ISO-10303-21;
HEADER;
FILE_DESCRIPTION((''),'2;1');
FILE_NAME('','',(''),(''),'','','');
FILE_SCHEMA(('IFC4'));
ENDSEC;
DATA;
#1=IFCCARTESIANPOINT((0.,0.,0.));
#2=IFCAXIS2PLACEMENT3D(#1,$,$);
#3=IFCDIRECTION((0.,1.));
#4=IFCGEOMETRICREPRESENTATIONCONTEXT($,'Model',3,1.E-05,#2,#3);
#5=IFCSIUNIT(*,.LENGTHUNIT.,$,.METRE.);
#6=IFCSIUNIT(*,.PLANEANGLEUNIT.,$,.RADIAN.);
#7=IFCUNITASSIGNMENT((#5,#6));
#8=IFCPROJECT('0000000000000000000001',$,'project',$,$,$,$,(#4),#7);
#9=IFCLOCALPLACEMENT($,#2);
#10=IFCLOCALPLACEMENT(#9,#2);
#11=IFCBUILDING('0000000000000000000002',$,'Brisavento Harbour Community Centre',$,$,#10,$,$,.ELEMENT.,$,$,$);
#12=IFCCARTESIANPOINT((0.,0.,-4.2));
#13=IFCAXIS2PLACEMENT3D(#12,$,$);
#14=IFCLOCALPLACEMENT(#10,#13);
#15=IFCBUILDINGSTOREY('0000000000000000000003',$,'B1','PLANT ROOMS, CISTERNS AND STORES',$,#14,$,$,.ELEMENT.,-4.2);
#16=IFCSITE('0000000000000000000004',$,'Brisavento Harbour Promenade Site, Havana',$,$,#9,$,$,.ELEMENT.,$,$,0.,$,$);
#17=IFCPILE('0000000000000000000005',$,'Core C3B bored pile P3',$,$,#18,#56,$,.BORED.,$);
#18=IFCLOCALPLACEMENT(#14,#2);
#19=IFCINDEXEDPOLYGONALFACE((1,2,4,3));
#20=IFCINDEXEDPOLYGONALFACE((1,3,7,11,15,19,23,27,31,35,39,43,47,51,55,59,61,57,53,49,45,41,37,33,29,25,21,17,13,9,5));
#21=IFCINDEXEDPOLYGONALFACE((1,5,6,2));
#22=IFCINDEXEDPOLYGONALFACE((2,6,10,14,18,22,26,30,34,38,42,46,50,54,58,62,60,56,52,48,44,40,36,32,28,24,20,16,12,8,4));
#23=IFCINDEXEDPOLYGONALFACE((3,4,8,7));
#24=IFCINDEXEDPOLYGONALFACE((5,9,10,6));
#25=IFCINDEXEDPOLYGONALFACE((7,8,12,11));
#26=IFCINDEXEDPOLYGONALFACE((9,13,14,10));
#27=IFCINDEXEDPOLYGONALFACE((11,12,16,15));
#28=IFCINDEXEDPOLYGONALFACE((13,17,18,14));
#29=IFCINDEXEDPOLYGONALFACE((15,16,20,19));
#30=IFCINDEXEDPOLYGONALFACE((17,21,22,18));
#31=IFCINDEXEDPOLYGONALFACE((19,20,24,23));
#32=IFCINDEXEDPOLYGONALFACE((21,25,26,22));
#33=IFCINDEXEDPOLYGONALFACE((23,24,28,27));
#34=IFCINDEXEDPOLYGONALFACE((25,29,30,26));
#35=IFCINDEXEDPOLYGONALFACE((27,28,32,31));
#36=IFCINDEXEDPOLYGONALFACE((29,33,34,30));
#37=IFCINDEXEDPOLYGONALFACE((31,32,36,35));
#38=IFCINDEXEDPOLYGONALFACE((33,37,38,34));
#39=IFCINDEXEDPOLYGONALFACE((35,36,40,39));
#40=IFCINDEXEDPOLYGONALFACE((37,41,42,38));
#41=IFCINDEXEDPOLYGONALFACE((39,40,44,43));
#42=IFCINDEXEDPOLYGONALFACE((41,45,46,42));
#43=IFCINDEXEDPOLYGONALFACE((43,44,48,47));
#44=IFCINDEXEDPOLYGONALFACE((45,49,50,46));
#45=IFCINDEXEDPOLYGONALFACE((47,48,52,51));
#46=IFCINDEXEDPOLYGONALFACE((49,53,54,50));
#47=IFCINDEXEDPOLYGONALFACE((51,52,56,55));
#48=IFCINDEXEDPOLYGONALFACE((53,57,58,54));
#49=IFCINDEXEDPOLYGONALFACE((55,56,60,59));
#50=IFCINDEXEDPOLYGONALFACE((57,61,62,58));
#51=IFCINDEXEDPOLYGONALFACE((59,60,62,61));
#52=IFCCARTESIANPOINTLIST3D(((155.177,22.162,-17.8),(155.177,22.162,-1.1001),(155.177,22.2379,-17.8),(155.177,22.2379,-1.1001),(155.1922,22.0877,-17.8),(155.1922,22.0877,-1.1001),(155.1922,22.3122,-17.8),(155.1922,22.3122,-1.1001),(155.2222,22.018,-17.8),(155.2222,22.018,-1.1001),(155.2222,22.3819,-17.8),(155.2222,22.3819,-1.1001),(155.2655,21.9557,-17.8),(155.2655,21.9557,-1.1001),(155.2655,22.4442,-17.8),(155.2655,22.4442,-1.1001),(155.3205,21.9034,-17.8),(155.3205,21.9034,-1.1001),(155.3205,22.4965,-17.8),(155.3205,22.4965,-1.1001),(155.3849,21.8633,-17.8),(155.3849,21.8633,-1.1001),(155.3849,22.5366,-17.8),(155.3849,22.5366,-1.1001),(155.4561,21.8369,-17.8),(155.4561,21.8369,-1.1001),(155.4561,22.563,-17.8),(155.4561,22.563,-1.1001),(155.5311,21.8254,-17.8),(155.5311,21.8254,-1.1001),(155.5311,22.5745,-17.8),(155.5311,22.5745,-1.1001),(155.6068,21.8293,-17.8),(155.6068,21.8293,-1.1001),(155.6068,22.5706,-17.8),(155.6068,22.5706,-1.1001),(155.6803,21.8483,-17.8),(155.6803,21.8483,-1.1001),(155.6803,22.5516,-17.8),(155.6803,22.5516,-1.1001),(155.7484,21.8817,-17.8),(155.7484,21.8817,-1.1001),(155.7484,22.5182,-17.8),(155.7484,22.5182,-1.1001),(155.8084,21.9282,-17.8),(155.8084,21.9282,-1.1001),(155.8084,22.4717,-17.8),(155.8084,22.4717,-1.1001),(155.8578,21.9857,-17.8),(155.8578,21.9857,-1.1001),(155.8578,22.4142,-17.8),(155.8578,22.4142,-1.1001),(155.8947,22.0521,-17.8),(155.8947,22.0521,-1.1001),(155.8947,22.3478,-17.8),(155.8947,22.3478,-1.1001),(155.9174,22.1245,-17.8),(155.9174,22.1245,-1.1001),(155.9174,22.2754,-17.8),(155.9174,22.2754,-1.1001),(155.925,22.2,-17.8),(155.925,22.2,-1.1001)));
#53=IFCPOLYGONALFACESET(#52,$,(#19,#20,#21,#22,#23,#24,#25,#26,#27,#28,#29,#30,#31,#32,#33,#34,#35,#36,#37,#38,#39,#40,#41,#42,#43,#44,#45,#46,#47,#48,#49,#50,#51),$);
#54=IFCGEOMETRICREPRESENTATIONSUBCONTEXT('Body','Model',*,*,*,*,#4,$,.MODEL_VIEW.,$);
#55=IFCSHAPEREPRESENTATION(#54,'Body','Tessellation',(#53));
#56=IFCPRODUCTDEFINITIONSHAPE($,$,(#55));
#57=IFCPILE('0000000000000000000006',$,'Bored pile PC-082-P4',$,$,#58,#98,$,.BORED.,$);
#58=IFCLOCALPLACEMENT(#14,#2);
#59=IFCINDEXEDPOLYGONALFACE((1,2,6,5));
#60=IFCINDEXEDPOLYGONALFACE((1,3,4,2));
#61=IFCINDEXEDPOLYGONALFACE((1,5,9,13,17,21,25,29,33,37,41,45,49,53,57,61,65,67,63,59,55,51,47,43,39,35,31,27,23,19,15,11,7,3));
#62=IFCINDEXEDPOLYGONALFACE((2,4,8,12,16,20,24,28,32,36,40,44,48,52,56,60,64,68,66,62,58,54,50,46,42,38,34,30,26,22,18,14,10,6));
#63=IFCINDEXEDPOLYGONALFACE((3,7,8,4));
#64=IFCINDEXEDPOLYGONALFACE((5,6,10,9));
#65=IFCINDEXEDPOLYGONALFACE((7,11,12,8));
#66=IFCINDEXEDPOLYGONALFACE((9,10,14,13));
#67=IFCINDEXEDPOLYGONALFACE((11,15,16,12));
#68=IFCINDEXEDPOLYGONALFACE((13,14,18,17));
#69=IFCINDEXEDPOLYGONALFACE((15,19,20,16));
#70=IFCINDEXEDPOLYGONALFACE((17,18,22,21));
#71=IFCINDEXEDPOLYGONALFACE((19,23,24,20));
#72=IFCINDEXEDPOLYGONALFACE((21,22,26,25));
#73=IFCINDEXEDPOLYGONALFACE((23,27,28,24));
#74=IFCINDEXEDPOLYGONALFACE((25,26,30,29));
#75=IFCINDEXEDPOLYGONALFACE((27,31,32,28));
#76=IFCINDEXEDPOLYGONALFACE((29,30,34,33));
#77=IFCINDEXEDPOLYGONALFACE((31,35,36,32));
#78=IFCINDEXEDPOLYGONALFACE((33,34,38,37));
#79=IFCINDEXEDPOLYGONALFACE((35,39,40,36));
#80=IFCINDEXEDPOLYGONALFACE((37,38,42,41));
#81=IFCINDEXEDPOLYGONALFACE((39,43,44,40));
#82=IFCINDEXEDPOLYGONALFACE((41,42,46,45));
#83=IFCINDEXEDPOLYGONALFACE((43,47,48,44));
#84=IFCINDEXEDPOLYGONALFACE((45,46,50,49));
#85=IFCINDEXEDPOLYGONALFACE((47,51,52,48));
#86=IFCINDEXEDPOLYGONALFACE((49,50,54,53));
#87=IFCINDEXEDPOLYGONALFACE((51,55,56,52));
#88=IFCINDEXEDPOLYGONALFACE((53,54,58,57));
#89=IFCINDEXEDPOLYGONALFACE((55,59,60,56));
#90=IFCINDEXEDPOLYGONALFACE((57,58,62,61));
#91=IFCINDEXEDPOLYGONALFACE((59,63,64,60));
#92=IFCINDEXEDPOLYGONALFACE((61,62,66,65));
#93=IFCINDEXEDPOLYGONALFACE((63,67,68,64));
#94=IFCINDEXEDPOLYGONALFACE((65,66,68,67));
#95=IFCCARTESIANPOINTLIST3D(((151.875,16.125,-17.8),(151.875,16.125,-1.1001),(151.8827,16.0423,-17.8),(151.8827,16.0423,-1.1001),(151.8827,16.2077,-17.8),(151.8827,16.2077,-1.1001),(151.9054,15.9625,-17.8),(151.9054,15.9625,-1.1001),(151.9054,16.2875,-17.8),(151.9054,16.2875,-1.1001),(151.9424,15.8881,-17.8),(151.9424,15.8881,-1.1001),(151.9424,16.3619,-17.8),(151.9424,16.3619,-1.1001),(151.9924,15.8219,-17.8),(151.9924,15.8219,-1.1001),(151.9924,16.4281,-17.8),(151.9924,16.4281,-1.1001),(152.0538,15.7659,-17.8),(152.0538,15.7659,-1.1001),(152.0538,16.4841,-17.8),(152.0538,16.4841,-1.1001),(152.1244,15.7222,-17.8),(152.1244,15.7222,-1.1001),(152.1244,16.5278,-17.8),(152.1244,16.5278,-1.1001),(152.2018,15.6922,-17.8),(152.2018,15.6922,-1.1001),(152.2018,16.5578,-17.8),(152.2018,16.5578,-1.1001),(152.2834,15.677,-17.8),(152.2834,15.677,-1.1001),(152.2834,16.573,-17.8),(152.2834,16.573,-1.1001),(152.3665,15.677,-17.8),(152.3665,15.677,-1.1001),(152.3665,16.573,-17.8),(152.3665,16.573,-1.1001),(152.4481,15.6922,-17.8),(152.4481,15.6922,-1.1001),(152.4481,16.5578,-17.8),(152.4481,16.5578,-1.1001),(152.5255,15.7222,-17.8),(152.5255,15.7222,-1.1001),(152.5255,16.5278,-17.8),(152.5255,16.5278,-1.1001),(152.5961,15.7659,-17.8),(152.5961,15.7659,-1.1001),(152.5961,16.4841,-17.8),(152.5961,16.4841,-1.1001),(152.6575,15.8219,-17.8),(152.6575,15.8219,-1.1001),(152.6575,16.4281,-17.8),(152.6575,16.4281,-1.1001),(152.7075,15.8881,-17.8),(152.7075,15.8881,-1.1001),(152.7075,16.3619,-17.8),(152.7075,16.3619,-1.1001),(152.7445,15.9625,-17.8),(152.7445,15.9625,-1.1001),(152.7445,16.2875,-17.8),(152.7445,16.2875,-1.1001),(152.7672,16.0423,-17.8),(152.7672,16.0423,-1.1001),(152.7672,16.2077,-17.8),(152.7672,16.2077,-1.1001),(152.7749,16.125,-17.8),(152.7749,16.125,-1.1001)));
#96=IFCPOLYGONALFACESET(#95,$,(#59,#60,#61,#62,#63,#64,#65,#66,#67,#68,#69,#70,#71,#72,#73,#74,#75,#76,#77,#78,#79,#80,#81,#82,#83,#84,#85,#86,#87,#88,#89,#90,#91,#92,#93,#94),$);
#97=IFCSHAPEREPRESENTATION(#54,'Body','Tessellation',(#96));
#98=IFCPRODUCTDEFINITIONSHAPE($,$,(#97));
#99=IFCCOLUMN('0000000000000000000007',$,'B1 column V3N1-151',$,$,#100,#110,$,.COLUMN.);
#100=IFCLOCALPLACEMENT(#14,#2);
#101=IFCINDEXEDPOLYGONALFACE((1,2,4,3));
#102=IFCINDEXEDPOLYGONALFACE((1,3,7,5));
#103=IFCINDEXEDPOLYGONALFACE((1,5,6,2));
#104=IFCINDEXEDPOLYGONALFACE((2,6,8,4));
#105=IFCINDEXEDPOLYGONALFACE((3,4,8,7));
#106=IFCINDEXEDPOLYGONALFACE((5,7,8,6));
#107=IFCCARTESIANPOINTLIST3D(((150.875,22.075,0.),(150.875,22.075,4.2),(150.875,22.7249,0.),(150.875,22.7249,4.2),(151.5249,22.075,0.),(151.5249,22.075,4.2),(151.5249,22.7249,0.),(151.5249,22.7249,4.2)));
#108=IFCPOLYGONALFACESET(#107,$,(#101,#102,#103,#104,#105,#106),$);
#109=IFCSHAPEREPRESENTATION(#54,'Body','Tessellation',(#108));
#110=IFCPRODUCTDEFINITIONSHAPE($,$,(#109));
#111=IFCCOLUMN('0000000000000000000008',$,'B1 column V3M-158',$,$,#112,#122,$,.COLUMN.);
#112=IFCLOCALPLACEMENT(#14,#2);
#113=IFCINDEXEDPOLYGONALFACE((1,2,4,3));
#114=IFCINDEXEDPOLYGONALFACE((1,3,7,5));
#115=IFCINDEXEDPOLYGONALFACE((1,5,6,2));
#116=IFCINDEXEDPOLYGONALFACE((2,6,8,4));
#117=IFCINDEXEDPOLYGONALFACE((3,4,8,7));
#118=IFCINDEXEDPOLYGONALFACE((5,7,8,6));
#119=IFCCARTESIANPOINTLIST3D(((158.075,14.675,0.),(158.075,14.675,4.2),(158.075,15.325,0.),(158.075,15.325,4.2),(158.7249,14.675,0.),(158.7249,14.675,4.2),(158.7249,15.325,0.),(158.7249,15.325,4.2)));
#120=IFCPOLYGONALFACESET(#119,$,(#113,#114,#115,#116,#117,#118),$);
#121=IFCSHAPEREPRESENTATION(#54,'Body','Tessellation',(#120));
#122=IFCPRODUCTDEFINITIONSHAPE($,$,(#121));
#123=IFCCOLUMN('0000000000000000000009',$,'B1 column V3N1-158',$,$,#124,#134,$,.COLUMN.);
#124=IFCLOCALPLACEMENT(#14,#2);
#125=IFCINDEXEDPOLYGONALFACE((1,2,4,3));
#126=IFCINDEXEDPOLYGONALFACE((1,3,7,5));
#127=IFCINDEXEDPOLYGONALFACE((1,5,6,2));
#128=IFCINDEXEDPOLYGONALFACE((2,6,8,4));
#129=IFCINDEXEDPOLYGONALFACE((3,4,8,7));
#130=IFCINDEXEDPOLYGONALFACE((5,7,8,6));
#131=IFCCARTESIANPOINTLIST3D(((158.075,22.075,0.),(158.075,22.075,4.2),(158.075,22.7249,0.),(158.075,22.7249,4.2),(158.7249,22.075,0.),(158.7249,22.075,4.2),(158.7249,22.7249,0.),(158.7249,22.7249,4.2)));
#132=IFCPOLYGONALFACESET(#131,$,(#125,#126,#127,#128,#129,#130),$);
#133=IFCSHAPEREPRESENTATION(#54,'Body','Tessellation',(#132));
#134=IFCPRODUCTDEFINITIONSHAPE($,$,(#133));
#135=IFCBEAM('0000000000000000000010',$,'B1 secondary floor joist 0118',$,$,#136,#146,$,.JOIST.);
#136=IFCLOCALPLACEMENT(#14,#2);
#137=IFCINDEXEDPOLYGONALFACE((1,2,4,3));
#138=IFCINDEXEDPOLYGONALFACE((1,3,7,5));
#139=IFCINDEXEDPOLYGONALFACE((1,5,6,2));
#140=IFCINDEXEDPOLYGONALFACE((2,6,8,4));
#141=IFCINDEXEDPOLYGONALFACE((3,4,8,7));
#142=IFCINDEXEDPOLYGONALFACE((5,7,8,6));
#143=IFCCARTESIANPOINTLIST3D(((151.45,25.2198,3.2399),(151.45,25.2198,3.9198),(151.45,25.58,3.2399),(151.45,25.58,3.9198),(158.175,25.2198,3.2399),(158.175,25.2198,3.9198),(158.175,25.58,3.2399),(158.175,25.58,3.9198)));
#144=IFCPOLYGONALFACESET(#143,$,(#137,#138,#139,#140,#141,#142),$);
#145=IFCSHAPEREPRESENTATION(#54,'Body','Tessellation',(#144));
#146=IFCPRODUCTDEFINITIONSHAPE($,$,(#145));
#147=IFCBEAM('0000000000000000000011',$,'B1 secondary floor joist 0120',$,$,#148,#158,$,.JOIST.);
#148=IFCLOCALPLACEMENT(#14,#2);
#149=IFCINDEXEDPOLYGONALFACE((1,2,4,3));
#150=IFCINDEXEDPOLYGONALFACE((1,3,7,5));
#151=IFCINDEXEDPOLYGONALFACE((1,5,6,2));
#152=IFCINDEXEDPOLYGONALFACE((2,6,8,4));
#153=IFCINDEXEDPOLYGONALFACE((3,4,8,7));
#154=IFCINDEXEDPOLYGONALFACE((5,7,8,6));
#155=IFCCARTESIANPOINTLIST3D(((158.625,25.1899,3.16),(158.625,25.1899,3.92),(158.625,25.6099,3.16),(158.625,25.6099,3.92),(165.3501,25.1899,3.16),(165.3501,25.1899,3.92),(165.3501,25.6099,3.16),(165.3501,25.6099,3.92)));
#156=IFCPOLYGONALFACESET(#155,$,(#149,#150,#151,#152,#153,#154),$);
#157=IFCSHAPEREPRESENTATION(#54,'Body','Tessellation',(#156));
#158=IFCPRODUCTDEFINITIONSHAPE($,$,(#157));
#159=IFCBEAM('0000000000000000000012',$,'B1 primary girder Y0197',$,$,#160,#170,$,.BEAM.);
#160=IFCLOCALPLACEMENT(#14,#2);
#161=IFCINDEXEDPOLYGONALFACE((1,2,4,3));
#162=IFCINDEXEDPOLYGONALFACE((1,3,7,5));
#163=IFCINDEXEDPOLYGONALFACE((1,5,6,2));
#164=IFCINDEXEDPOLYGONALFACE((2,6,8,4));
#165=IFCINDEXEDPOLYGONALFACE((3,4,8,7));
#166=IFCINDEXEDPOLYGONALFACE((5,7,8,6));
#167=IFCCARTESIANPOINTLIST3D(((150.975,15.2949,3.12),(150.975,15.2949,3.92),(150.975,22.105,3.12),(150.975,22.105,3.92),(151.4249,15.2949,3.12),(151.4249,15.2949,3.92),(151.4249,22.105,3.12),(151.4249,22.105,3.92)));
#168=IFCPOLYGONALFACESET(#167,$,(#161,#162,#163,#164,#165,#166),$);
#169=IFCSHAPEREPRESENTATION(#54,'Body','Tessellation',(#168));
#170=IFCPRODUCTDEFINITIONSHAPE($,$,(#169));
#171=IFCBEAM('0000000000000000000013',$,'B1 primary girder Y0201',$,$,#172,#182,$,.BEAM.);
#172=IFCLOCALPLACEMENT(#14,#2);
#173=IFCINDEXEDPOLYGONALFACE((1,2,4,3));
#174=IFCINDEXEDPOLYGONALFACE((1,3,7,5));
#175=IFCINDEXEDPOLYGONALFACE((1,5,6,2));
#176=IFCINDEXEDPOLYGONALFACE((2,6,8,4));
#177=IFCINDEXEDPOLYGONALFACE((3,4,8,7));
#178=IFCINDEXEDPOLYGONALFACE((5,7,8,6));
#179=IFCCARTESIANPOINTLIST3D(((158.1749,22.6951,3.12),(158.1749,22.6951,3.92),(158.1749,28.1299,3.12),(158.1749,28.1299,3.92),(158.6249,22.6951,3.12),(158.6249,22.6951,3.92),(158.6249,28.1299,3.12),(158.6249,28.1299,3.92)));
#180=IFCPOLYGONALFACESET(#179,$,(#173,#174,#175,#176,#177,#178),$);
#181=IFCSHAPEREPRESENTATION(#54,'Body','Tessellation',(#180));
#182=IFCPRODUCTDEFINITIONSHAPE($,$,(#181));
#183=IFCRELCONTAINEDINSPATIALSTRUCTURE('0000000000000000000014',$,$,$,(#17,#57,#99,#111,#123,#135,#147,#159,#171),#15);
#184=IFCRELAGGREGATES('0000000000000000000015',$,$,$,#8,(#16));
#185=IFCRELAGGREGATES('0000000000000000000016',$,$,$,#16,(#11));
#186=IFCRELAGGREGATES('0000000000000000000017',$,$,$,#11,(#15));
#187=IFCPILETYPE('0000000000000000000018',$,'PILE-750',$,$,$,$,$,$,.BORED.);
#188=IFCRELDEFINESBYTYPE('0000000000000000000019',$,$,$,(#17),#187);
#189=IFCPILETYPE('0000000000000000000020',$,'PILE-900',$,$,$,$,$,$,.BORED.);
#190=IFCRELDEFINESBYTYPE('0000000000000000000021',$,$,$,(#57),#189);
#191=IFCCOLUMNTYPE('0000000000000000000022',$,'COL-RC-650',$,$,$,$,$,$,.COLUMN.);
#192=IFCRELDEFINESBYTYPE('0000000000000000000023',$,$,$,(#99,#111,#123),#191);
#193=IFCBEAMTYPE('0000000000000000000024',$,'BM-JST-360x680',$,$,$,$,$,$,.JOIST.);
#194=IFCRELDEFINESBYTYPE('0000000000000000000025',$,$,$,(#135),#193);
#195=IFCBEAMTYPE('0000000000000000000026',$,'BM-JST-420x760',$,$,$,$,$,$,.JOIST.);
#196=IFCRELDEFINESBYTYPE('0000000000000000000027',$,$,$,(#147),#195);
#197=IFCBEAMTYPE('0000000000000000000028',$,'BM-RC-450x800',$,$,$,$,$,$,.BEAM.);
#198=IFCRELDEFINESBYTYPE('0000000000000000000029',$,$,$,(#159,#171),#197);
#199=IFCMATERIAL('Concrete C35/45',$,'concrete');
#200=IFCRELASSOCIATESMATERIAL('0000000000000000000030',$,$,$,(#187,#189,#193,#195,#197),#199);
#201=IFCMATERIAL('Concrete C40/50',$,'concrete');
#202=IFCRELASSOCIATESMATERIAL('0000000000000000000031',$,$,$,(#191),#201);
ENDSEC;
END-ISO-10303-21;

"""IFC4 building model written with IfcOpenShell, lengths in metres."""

from ifc_helpers import new_model, si_unit, direction, frame, origin, origin_2d, place, context, subcontext, project, spatial, rectangle, circle, extrude, material, material_profile, profile_set, type_object, element, save


model = new_model("IFC4")

# Units and contexts
model_context = context("Model", 3, precision=1e-05, world=origin(), true_north=direction((0.0, 1.0)))
body_context = subcontext(model_context, "Body", "Model", "MODEL_VIEW")
ifc_project = project(units=[si_unit("LENGTHUNIT", "METRE"), si_unit("PLANEANGLEUNIT", "RADIAN")], contexts=[model_context])

# Site, building, storey
site_placement = place(None, origin())
site = spatial("IfcSite", under=ifc_project, at=site_placement, Name="Brisavento Harbour Promenade Site, Havana", CompositionType="ELEMENT", RefElevation=0.0)
building_placement = place(site_placement, origin())
building = spatial("IfcBuilding", under=site, at=building_placement, Name="Brisavento Harbour Community Centre", CompositionType="ELEMENT")
storey_placement = place(building_placement, frame((0.0, 0.0, -4.2)))
storey = spatial("IfcBuildingStorey", under=building, at=storey_placement, Name="B1", Description="PLANT ROOMS, CISTERNS AND STORES", CompositionType="ELEMENT", Elevation=-4.2)

# Shared definitions
ifc_material_1 = material(Name="Concrete C35/45", Category="concrete")

# Piles
ifc_material_profile_1 = material_profile(ifc_material_1, circle(Radius=0.375, at=origin_2d()), Name="Concrete C35/45")
ifc_profile_set_1 = profile_set([ifc_material_profile_1], Name="Concrete C35/45")
pile_type_1 = type_object("IfcPileType", Name="PILE-750", PredefinedType="BORED", material=ifc_profile_set_1)
for number, where, z_axis, x_axis, name in (
    (1, (155.55, 22.2, -1.1001), (0.0, 0.0, -1.0), (1.0, 0.0, 0.0), "Core C3B bored pile P3"),
):
    element("IfcPile", number, at=place(storey_placement, frame(where, z_axis=z_axis, x_axis=x_axis)), inside=storey, type_object=pile_type_1, Name=name, PredefinedType="BORED", context=body_context, shape_type="SweptSolid", body=[
        extrude(circle(Radius=0.375, at=origin_2d()), origin(), (0.0, 0.0, 1.0), 16.7),
    ])
ifc_material_profile_2 = material_profile(ifc_material_1, circle(Radius=0.45, at=origin_2d()), Name="Concrete C35/45")
ifc_profile_set_2 = profile_set([ifc_material_profile_2], Name="Concrete C35/45")
pile_type_2 = type_object("IfcPileType", Name="PILE-900", PredefinedType="BORED", material=ifc_profile_set_2)
pile_1_placement = place(storey_placement, frame((152.325, 16.125, -1.1001), z_axis=(0.0, 0.0, -1.0), x_axis=(1.0, 0.0, 0.0)))
element("IfcPile", 2, at=pile_1_placement, inside=storey, type_object=pile_type_2, Name="Bored pile PC-082-P4", PredefinedType="BORED", context=body_context, shape_type="SweptSolid", body=[
    extrude(circle(Radius=0.45, at=origin_2d()), origin(), (0.0, 0.0, 1.0), 16.7),
])

# Columns
ifc_material_2 = material(Name="Concrete C40/50", Category="concrete")
ifc_material_profile_3 = material_profile(ifc_material_2, rectangle(XDim=0.6499, YDim=0.6499, at=origin_2d()), Name="Concrete C40/50")
ifc_profile_set_3 = profile_set([ifc_material_profile_3], Name="Concrete C40/50")
column_type = type_object("IfcColumnType", Name="COL-RC-650", PredefinedType="COLUMN", material=ifc_profile_set_3)
for number, where, z_axis, x_axis, name in (
    (3, (151.2, 22.3999, 0.0), (0.0, 0.0, 1.0), (1.0, 0.0, 0.0), "B1 column V3N1-151"),
    (4, (158.3999, 15.0, 0.0), (0.0, 0.0, 1.0), (1.0, 0.0, 0.0), "B1 column V3M-158"),
    (5, (158.3999, 22.3999, 0.0), (0.0, 0.0, 1.0), (1.0, 0.0, 0.0), "B1 column V3N1-158"),
):
    element("IfcColumn", number, at=place(storey_placement, frame(where, z_axis=z_axis, x_axis=x_axis)), inside=storey, type_object=column_type, Name=name, PredefinedType="COLUMN", context=body_context, shape_type="SweptSolid", body=[
        extrude(rectangle(XDim=0.6499, YDim=0.6499, at=origin_2d()), origin(), (0.0, 0.0, 1.0), 4.2),
    ])

# Beams
ifc_material_profile_4 = material_profile(ifc_material_1, rectangle(XDim=0.3601, YDim=0.6799, at=origin_2d()), Name="Concrete C35/45")
ifc_profile_set_4 = profile_set([ifc_material_profile_4], Name="Concrete C35/45")
beam_type_1 = type_object("IfcBeamType", Name="BM-JST-360x680", PredefinedType="JOIST", material=ifc_profile_set_4)
beam_1_placement = place(storey_placement, frame((151.45, 25.3999, 3.5798), z_axis=(1.0, 0.0, 0.0), x_axis=(0.0, 1.0, 0.0)))
element("IfcBeam", 6, at=beam_1_placement, inside=storey, type_object=beam_type_1, Name="B1 secondary floor joist 0118", PredefinedType="JOIST", context=body_context, shape_type="SweptSolid", body=[
    extrude(rectangle(XDim=0.3601, YDim=0.6799, at=origin_2d()), origin(), (0.0, 0.0, 1.0), 6.7251),
])
ifc_material_profile_5 = material_profile(ifc_material_1, rectangle(XDim=0.4199, YDim=0.76, at=origin_2d()), Name="Concrete C35/45")
ifc_profile_set_5 = profile_set([ifc_material_profile_5], Name="Concrete C35/45")
beam_type_2 = type_object("IfcBeamType", Name="BM-JST-420x760", PredefinedType="JOIST", material=ifc_profile_set_5)
beam_2_placement = place(storey_placement, frame((158.625, 25.3999, 3.54), z_axis=(1.0, 0.0, 0.0), x_axis=(0.0, 1.0, 0.0)))
element("IfcBeam", 7, at=beam_2_placement, inside=storey, type_object=beam_type_2, Name="B1 secondary floor joist 0120", PredefinedType="JOIST", context=body_context, shape_type="SweptSolid", body=[
    extrude(rectangle(XDim=0.4199, YDim=0.76, at=origin_2d()), origin(), (0.0, 0.0, 1.0), 6.7251),
])
ifc_material_profile_6 = material_profile(ifc_material_1, rectangle(XDim=0.45, YDim=0.8, at=origin_2d()), Name="Concrete C35/45")
ifc_profile_set_6 = profile_set([ifc_material_profile_6], Name="Concrete C35/45")
beam_type_3 = type_object("IfcBeamType", Name="BM-RC-450x800", PredefinedType="BEAM", material=ifc_profile_set_6)
beam_3_placement = place(storey_placement, frame((151.2, 15.2949, 3.52), z_axis=(0.0, 1.0, 0.0), x_axis=(-1.0, 0.0, 0.0)))
element("IfcBeam", 8, at=beam_3_placement, inside=storey, type_object=beam_type_3, Name="B1 primary girder Y0197", PredefinedType="BEAM", context=body_context, shape_type="SweptSolid", body=[
    extrude(rectangle(XDim=0.45, YDim=0.8, at=origin_2d()), origin(), (0.0, 0.0, 1.0), 6.8101),
])
beam_4_placement = place(storey_placement, frame((158.3999, 22.6951, 3.52), z_axis=(0.0, 1.0, 0.0), x_axis=(-1.0, 0.0, 0.0)))
element("IfcBeam", 9, at=beam_4_placement, inside=storey, type_object=beam_type_3, Name="B1 primary girder Y0201", PredefinedType="BEAM", context=body_context, shape_type="SweptSolid", body=[
    extrude(rectangle(XDim=0.45, YDim=0.8, at=origin_2d()), origin(), (0.0, 0.0, 1.0), 5.4348),
])

save(model, "model.ifc")
